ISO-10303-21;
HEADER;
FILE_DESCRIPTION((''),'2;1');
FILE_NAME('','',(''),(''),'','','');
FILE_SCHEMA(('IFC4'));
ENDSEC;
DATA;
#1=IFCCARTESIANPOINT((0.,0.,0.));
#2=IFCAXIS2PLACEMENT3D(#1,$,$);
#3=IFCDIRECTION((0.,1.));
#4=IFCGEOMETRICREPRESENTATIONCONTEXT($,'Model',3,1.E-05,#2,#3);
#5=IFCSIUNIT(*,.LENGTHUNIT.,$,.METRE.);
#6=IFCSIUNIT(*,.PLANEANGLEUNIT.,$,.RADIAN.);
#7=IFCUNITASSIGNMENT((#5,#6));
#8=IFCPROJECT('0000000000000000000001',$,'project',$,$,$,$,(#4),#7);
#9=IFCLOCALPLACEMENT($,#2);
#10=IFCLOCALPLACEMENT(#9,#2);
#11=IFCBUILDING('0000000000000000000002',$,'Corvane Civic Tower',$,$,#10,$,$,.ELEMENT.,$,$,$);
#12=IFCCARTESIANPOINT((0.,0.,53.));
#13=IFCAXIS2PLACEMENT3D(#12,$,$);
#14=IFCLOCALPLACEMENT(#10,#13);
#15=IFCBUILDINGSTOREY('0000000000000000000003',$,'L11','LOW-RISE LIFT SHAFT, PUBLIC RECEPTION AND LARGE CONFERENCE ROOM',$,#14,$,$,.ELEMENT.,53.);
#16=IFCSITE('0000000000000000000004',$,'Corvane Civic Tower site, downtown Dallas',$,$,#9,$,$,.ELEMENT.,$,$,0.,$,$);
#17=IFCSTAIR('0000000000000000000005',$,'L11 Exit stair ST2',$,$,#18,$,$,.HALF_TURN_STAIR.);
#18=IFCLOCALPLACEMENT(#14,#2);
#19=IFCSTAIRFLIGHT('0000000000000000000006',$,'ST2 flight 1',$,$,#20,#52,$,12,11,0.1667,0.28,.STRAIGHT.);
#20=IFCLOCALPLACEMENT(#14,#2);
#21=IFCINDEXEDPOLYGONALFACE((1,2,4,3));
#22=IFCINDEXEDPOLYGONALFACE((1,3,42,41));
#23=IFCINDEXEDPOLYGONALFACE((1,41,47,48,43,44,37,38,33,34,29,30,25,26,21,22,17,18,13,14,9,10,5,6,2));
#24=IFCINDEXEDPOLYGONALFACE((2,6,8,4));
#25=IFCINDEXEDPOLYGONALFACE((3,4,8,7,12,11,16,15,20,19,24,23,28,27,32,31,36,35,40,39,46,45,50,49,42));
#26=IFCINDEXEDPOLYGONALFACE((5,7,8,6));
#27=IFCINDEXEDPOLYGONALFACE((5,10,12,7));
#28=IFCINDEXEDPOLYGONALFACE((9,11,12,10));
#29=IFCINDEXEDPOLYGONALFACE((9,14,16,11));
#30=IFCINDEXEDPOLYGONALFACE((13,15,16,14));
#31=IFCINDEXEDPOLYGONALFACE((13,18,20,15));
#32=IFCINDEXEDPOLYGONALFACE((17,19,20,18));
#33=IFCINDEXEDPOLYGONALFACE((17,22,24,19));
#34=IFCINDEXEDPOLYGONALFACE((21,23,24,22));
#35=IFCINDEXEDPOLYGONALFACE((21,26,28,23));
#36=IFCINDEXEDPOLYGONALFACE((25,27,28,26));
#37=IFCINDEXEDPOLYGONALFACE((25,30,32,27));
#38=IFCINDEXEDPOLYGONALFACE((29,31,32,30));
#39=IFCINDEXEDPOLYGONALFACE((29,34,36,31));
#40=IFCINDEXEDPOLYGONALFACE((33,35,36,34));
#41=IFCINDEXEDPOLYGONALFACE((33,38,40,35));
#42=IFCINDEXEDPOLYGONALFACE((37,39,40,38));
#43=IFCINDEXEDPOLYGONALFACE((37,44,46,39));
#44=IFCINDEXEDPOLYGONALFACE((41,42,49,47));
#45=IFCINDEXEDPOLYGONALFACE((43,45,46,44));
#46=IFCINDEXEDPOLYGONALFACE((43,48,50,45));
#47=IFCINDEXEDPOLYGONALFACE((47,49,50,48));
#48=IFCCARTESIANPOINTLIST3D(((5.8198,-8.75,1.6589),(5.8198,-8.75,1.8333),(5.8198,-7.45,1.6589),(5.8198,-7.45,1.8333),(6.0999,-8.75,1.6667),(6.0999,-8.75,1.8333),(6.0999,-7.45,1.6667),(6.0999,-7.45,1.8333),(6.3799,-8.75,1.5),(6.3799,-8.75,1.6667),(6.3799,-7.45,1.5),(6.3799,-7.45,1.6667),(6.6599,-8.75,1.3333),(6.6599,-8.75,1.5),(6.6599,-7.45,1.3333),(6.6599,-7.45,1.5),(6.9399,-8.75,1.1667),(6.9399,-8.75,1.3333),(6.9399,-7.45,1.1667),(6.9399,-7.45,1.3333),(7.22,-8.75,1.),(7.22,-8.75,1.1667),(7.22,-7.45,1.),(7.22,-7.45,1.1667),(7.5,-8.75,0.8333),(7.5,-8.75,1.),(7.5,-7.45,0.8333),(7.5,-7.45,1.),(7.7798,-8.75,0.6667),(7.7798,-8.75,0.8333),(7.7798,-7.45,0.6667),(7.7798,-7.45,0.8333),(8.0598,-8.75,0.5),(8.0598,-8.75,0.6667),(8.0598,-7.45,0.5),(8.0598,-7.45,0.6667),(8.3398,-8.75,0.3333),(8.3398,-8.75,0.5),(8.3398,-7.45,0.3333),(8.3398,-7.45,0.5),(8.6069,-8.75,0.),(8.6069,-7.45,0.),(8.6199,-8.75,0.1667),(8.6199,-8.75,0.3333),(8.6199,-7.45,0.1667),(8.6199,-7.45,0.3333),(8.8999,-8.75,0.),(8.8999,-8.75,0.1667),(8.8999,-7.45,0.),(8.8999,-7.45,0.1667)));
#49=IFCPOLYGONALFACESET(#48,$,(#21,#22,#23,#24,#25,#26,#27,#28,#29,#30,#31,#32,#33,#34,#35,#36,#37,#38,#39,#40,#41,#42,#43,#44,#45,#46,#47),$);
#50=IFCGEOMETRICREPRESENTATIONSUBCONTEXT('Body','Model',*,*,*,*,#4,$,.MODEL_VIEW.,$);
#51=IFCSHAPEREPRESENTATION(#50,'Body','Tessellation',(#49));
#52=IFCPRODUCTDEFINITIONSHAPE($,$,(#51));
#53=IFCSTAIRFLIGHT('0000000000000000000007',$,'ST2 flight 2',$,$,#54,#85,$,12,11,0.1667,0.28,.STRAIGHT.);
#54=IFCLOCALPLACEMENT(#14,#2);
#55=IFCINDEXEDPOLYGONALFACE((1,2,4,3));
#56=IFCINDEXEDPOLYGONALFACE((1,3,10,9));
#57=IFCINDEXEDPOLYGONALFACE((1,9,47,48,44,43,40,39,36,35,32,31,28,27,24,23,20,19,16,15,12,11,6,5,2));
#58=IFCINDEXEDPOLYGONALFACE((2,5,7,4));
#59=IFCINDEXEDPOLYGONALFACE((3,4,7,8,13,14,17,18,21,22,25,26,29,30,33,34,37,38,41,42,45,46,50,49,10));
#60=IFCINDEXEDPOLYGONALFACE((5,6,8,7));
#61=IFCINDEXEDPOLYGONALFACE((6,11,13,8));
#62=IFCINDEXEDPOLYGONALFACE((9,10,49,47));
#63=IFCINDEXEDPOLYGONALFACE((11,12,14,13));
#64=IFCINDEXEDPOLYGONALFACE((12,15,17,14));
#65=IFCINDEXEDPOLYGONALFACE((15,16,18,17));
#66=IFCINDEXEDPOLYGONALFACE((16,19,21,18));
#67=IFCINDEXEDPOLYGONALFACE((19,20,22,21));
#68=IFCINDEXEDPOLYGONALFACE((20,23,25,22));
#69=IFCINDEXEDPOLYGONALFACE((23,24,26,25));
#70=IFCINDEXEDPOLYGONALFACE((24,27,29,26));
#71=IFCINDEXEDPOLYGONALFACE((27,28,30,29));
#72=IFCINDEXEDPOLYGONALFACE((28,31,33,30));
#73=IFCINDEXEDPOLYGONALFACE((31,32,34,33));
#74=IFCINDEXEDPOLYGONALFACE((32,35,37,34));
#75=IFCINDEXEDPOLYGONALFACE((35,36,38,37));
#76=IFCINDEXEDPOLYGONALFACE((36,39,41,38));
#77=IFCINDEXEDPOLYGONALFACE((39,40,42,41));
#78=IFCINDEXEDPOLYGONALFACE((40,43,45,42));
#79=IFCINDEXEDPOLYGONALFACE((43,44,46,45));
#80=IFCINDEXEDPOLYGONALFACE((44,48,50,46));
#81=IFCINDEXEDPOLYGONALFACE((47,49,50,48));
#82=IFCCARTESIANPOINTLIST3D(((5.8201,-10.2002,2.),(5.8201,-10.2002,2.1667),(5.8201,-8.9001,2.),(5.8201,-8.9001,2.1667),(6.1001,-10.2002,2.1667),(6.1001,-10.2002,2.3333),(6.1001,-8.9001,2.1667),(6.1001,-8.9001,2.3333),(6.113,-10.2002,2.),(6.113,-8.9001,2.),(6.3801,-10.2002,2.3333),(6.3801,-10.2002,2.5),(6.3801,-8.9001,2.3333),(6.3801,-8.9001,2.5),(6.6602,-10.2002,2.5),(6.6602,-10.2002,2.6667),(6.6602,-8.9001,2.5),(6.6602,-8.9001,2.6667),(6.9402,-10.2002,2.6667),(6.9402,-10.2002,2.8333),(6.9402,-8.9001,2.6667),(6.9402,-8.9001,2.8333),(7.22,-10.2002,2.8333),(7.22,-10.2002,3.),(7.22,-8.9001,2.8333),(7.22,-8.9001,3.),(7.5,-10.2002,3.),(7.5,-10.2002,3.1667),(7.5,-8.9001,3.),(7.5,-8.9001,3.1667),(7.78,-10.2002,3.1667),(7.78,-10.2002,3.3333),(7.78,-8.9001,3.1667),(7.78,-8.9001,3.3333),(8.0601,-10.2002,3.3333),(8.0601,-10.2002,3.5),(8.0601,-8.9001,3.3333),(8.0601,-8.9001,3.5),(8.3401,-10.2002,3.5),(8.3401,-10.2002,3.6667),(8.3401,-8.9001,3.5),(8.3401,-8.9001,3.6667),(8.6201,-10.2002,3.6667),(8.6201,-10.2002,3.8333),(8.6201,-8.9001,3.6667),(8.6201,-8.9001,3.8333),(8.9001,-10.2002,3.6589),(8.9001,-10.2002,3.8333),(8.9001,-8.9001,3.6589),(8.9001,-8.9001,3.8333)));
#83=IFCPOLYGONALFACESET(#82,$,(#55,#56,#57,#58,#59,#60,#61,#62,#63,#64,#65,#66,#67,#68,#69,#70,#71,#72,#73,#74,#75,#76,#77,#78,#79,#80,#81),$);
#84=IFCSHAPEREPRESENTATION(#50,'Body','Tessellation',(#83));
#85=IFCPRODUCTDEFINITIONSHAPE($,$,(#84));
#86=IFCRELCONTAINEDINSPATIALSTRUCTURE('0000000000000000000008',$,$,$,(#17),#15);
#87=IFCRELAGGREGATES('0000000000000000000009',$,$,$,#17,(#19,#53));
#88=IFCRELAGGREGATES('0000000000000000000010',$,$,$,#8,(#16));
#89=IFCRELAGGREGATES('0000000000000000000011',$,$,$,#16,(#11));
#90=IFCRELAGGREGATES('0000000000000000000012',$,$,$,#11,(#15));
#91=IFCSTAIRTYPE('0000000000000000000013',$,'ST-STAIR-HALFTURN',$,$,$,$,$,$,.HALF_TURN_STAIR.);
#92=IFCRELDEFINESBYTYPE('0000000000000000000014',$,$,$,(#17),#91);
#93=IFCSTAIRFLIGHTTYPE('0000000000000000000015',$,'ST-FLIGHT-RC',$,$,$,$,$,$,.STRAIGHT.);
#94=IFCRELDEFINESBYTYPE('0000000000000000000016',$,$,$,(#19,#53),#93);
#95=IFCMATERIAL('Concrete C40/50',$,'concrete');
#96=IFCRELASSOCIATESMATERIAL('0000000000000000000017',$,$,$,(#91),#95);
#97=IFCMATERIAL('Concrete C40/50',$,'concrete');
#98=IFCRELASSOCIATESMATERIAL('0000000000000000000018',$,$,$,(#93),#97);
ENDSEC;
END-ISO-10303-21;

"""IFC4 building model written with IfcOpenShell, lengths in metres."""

from ifc_helpers import new_model, si_unit, direction, frame, origin, place, context, subcontext, project, spatial, polyline, outline, extrude, material, type_object, element, aggregate, save


model = new_model("IFC4")

# Units and contexts
model_context = context("Model", 3, precision=1e-05, world=origin(), true_north=direction((0.0, 1.0)))
body_context = subcontext(model_context, "Body", "Model", "MODEL_VIEW")
ifc_project = project(units=[si_unit("LENGTHUNIT", "METRE"), si_unit("PLANEANGLEUNIT", "RADIAN")], contexts=[model_context])

# Site, building, storey
site_placement = place(None, origin())
site = spatial("IfcSite", under=ifc_project, at=site_placement, Name="Corvane Civic Tower site, downtown Dallas", CompositionType="ELEMENT", RefElevation=0.0)
building_placement = place(site_placement, origin())
building = spatial("IfcBuilding", under=site, at=building_placement, Name="Corvane Civic Tower", CompositionType="ELEMENT")
storey_placement = place(building_placement, frame((0.0, 0.0, 53.0)))
storey = spatial("IfcBuildingStorey", under=building, at=storey_placement, Name="L11", Description="LOW-RISE LIFT SHAFT, PUBLIC RECEPTION AND LARGE CONFERENCE ROOM", CompositionType="ELEMENT", Elevation=53.0)

# Stair
ifc_material_1 = material(Name="Concrete C40/50", Category="concrete")
stair_type = type_object("IfcStairType", Name="ST-STAIR-HALFTURN", PredefinedType="HALF_TURN_STAIR", material=ifc_material_1)
stair_1_placement = place(storey_placement, origin())
stair_1 = element("IfcStair", 1, at=stair_1_placement, inside=storey, type_object=stair_type, Name="L11 Exit stair ST2", PredefinedType="HALF_TURN_STAIR")

# Stair flights
ifc_material_2 = material(Name="Concrete C40/50", Category="concrete")
stair_flight_type = type_object("IfcStairFlightType", Name="ST-FLIGHT-RC", PredefinedType="STRAIGHT", material=ifc_material_2)
stair_flight_1_placement = place(storey_placement, frame((8.8999, -8.1001, 0.0), z_axis=(0.0, 0.0, 1.0), x_axis=(-1.0, 0.0, 0.0)))
stair_flight_1 = element("IfcStairFlight", 2, at=stair_flight_1_placement, type_object=stair_flight_type, Name="ST2 flight 1", NumberOfRisers=12, NumberOfTreads=11, PredefinedType="STRAIGHT", RiserHeight=0.1667, TreadLength=0.28, context=body_context, shape_type="SweptSolid", body=[
    extrude(outline(polyline([(0.0, 0.0), (0.0, 0.1667), (0.28, 0.1667), (0.28, 0.3333), (0.5601, 0.3333), (0.5601, 0.5), (0.8401, 0.5), (0.8401, 0.6667), (1.1201, 0.6667), (1.1201, 0.8333), (1.3999, 0.8333), (1.3999, 1.0), (1.6799, 1.0), (1.6799, 1.1667), (1.96, 1.1667), (1.96, 1.3333), (2.24, 1.3333), (2.24, 1.5), (2.52, 1.5), (2.52, 1.6667), (2.8, 1.6667), (2.8, 1.8333), (3.0801, 1.8333), (3.0801, 2.0), (3.0801, 1.6589), (0.293, 0.0), (0.0, 0.0)])), frame((0.0, 0.6499, 0.0), z_axis=(0.0, -1.0, 0.0), x_axis=(1.0, 0.0, 0.0)), (0.0, 0.0, 1.0), 1.3),
])
stair_flight_2_placement = place(storey_placement, frame((5.8201, -9.55, 2.0), z_axis=(0.0, 0.0, 1.0), x_axis=(1.0, 0.0, 0.0)))
stair_flight_2 = element("IfcStairFlight", 3, at=stair_flight_2_placement, type_object=stair_flight_type, Name="ST2 flight 2", NumberOfRisers=12, NumberOfTreads=11, PredefinedType="STRAIGHT", RiserHeight=0.1667, TreadLength=0.28, context=body_context, shape_type="SweptSolid", body=[
    extrude(outline(polyline([(0.0, 0.0), (0.0, 0.1667), (0.28, 0.1667), (0.28, 0.3333), (0.5601, 0.3333), (0.5601, 0.5), (0.8401, 0.5), (0.8401, 0.6667), (1.1201, 0.6667), (1.1201, 0.8333), (1.3999, 0.8333), (1.3999, 1.0), (1.6799, 1.0), (1.6799, 1.1667), (1.96, 1.1667), (1.96, 1.3333), (2.24, 1.3333), (2.24, 1.5), (2.52, 1.5), (2.52, 1.6667), (2.8, 1.6667), (2.8, 1.8333), (3.0801, 1.8333), (3.0801, 2.0), (3.0801, 1.6589), (0.293, 0.0), (0.0, 0.0)])), frame((0.0, 0.6499, 0.0), z_axis=(0.0, -1.0, 0.0), x_axis=(1.0, 0.0, 0.0)), (0.0, 0.0, 1.0), 1.3),
])
aggregate(stair_1, [stair_flight_1, stair_flight_2])

save(model, "model.ifc")
